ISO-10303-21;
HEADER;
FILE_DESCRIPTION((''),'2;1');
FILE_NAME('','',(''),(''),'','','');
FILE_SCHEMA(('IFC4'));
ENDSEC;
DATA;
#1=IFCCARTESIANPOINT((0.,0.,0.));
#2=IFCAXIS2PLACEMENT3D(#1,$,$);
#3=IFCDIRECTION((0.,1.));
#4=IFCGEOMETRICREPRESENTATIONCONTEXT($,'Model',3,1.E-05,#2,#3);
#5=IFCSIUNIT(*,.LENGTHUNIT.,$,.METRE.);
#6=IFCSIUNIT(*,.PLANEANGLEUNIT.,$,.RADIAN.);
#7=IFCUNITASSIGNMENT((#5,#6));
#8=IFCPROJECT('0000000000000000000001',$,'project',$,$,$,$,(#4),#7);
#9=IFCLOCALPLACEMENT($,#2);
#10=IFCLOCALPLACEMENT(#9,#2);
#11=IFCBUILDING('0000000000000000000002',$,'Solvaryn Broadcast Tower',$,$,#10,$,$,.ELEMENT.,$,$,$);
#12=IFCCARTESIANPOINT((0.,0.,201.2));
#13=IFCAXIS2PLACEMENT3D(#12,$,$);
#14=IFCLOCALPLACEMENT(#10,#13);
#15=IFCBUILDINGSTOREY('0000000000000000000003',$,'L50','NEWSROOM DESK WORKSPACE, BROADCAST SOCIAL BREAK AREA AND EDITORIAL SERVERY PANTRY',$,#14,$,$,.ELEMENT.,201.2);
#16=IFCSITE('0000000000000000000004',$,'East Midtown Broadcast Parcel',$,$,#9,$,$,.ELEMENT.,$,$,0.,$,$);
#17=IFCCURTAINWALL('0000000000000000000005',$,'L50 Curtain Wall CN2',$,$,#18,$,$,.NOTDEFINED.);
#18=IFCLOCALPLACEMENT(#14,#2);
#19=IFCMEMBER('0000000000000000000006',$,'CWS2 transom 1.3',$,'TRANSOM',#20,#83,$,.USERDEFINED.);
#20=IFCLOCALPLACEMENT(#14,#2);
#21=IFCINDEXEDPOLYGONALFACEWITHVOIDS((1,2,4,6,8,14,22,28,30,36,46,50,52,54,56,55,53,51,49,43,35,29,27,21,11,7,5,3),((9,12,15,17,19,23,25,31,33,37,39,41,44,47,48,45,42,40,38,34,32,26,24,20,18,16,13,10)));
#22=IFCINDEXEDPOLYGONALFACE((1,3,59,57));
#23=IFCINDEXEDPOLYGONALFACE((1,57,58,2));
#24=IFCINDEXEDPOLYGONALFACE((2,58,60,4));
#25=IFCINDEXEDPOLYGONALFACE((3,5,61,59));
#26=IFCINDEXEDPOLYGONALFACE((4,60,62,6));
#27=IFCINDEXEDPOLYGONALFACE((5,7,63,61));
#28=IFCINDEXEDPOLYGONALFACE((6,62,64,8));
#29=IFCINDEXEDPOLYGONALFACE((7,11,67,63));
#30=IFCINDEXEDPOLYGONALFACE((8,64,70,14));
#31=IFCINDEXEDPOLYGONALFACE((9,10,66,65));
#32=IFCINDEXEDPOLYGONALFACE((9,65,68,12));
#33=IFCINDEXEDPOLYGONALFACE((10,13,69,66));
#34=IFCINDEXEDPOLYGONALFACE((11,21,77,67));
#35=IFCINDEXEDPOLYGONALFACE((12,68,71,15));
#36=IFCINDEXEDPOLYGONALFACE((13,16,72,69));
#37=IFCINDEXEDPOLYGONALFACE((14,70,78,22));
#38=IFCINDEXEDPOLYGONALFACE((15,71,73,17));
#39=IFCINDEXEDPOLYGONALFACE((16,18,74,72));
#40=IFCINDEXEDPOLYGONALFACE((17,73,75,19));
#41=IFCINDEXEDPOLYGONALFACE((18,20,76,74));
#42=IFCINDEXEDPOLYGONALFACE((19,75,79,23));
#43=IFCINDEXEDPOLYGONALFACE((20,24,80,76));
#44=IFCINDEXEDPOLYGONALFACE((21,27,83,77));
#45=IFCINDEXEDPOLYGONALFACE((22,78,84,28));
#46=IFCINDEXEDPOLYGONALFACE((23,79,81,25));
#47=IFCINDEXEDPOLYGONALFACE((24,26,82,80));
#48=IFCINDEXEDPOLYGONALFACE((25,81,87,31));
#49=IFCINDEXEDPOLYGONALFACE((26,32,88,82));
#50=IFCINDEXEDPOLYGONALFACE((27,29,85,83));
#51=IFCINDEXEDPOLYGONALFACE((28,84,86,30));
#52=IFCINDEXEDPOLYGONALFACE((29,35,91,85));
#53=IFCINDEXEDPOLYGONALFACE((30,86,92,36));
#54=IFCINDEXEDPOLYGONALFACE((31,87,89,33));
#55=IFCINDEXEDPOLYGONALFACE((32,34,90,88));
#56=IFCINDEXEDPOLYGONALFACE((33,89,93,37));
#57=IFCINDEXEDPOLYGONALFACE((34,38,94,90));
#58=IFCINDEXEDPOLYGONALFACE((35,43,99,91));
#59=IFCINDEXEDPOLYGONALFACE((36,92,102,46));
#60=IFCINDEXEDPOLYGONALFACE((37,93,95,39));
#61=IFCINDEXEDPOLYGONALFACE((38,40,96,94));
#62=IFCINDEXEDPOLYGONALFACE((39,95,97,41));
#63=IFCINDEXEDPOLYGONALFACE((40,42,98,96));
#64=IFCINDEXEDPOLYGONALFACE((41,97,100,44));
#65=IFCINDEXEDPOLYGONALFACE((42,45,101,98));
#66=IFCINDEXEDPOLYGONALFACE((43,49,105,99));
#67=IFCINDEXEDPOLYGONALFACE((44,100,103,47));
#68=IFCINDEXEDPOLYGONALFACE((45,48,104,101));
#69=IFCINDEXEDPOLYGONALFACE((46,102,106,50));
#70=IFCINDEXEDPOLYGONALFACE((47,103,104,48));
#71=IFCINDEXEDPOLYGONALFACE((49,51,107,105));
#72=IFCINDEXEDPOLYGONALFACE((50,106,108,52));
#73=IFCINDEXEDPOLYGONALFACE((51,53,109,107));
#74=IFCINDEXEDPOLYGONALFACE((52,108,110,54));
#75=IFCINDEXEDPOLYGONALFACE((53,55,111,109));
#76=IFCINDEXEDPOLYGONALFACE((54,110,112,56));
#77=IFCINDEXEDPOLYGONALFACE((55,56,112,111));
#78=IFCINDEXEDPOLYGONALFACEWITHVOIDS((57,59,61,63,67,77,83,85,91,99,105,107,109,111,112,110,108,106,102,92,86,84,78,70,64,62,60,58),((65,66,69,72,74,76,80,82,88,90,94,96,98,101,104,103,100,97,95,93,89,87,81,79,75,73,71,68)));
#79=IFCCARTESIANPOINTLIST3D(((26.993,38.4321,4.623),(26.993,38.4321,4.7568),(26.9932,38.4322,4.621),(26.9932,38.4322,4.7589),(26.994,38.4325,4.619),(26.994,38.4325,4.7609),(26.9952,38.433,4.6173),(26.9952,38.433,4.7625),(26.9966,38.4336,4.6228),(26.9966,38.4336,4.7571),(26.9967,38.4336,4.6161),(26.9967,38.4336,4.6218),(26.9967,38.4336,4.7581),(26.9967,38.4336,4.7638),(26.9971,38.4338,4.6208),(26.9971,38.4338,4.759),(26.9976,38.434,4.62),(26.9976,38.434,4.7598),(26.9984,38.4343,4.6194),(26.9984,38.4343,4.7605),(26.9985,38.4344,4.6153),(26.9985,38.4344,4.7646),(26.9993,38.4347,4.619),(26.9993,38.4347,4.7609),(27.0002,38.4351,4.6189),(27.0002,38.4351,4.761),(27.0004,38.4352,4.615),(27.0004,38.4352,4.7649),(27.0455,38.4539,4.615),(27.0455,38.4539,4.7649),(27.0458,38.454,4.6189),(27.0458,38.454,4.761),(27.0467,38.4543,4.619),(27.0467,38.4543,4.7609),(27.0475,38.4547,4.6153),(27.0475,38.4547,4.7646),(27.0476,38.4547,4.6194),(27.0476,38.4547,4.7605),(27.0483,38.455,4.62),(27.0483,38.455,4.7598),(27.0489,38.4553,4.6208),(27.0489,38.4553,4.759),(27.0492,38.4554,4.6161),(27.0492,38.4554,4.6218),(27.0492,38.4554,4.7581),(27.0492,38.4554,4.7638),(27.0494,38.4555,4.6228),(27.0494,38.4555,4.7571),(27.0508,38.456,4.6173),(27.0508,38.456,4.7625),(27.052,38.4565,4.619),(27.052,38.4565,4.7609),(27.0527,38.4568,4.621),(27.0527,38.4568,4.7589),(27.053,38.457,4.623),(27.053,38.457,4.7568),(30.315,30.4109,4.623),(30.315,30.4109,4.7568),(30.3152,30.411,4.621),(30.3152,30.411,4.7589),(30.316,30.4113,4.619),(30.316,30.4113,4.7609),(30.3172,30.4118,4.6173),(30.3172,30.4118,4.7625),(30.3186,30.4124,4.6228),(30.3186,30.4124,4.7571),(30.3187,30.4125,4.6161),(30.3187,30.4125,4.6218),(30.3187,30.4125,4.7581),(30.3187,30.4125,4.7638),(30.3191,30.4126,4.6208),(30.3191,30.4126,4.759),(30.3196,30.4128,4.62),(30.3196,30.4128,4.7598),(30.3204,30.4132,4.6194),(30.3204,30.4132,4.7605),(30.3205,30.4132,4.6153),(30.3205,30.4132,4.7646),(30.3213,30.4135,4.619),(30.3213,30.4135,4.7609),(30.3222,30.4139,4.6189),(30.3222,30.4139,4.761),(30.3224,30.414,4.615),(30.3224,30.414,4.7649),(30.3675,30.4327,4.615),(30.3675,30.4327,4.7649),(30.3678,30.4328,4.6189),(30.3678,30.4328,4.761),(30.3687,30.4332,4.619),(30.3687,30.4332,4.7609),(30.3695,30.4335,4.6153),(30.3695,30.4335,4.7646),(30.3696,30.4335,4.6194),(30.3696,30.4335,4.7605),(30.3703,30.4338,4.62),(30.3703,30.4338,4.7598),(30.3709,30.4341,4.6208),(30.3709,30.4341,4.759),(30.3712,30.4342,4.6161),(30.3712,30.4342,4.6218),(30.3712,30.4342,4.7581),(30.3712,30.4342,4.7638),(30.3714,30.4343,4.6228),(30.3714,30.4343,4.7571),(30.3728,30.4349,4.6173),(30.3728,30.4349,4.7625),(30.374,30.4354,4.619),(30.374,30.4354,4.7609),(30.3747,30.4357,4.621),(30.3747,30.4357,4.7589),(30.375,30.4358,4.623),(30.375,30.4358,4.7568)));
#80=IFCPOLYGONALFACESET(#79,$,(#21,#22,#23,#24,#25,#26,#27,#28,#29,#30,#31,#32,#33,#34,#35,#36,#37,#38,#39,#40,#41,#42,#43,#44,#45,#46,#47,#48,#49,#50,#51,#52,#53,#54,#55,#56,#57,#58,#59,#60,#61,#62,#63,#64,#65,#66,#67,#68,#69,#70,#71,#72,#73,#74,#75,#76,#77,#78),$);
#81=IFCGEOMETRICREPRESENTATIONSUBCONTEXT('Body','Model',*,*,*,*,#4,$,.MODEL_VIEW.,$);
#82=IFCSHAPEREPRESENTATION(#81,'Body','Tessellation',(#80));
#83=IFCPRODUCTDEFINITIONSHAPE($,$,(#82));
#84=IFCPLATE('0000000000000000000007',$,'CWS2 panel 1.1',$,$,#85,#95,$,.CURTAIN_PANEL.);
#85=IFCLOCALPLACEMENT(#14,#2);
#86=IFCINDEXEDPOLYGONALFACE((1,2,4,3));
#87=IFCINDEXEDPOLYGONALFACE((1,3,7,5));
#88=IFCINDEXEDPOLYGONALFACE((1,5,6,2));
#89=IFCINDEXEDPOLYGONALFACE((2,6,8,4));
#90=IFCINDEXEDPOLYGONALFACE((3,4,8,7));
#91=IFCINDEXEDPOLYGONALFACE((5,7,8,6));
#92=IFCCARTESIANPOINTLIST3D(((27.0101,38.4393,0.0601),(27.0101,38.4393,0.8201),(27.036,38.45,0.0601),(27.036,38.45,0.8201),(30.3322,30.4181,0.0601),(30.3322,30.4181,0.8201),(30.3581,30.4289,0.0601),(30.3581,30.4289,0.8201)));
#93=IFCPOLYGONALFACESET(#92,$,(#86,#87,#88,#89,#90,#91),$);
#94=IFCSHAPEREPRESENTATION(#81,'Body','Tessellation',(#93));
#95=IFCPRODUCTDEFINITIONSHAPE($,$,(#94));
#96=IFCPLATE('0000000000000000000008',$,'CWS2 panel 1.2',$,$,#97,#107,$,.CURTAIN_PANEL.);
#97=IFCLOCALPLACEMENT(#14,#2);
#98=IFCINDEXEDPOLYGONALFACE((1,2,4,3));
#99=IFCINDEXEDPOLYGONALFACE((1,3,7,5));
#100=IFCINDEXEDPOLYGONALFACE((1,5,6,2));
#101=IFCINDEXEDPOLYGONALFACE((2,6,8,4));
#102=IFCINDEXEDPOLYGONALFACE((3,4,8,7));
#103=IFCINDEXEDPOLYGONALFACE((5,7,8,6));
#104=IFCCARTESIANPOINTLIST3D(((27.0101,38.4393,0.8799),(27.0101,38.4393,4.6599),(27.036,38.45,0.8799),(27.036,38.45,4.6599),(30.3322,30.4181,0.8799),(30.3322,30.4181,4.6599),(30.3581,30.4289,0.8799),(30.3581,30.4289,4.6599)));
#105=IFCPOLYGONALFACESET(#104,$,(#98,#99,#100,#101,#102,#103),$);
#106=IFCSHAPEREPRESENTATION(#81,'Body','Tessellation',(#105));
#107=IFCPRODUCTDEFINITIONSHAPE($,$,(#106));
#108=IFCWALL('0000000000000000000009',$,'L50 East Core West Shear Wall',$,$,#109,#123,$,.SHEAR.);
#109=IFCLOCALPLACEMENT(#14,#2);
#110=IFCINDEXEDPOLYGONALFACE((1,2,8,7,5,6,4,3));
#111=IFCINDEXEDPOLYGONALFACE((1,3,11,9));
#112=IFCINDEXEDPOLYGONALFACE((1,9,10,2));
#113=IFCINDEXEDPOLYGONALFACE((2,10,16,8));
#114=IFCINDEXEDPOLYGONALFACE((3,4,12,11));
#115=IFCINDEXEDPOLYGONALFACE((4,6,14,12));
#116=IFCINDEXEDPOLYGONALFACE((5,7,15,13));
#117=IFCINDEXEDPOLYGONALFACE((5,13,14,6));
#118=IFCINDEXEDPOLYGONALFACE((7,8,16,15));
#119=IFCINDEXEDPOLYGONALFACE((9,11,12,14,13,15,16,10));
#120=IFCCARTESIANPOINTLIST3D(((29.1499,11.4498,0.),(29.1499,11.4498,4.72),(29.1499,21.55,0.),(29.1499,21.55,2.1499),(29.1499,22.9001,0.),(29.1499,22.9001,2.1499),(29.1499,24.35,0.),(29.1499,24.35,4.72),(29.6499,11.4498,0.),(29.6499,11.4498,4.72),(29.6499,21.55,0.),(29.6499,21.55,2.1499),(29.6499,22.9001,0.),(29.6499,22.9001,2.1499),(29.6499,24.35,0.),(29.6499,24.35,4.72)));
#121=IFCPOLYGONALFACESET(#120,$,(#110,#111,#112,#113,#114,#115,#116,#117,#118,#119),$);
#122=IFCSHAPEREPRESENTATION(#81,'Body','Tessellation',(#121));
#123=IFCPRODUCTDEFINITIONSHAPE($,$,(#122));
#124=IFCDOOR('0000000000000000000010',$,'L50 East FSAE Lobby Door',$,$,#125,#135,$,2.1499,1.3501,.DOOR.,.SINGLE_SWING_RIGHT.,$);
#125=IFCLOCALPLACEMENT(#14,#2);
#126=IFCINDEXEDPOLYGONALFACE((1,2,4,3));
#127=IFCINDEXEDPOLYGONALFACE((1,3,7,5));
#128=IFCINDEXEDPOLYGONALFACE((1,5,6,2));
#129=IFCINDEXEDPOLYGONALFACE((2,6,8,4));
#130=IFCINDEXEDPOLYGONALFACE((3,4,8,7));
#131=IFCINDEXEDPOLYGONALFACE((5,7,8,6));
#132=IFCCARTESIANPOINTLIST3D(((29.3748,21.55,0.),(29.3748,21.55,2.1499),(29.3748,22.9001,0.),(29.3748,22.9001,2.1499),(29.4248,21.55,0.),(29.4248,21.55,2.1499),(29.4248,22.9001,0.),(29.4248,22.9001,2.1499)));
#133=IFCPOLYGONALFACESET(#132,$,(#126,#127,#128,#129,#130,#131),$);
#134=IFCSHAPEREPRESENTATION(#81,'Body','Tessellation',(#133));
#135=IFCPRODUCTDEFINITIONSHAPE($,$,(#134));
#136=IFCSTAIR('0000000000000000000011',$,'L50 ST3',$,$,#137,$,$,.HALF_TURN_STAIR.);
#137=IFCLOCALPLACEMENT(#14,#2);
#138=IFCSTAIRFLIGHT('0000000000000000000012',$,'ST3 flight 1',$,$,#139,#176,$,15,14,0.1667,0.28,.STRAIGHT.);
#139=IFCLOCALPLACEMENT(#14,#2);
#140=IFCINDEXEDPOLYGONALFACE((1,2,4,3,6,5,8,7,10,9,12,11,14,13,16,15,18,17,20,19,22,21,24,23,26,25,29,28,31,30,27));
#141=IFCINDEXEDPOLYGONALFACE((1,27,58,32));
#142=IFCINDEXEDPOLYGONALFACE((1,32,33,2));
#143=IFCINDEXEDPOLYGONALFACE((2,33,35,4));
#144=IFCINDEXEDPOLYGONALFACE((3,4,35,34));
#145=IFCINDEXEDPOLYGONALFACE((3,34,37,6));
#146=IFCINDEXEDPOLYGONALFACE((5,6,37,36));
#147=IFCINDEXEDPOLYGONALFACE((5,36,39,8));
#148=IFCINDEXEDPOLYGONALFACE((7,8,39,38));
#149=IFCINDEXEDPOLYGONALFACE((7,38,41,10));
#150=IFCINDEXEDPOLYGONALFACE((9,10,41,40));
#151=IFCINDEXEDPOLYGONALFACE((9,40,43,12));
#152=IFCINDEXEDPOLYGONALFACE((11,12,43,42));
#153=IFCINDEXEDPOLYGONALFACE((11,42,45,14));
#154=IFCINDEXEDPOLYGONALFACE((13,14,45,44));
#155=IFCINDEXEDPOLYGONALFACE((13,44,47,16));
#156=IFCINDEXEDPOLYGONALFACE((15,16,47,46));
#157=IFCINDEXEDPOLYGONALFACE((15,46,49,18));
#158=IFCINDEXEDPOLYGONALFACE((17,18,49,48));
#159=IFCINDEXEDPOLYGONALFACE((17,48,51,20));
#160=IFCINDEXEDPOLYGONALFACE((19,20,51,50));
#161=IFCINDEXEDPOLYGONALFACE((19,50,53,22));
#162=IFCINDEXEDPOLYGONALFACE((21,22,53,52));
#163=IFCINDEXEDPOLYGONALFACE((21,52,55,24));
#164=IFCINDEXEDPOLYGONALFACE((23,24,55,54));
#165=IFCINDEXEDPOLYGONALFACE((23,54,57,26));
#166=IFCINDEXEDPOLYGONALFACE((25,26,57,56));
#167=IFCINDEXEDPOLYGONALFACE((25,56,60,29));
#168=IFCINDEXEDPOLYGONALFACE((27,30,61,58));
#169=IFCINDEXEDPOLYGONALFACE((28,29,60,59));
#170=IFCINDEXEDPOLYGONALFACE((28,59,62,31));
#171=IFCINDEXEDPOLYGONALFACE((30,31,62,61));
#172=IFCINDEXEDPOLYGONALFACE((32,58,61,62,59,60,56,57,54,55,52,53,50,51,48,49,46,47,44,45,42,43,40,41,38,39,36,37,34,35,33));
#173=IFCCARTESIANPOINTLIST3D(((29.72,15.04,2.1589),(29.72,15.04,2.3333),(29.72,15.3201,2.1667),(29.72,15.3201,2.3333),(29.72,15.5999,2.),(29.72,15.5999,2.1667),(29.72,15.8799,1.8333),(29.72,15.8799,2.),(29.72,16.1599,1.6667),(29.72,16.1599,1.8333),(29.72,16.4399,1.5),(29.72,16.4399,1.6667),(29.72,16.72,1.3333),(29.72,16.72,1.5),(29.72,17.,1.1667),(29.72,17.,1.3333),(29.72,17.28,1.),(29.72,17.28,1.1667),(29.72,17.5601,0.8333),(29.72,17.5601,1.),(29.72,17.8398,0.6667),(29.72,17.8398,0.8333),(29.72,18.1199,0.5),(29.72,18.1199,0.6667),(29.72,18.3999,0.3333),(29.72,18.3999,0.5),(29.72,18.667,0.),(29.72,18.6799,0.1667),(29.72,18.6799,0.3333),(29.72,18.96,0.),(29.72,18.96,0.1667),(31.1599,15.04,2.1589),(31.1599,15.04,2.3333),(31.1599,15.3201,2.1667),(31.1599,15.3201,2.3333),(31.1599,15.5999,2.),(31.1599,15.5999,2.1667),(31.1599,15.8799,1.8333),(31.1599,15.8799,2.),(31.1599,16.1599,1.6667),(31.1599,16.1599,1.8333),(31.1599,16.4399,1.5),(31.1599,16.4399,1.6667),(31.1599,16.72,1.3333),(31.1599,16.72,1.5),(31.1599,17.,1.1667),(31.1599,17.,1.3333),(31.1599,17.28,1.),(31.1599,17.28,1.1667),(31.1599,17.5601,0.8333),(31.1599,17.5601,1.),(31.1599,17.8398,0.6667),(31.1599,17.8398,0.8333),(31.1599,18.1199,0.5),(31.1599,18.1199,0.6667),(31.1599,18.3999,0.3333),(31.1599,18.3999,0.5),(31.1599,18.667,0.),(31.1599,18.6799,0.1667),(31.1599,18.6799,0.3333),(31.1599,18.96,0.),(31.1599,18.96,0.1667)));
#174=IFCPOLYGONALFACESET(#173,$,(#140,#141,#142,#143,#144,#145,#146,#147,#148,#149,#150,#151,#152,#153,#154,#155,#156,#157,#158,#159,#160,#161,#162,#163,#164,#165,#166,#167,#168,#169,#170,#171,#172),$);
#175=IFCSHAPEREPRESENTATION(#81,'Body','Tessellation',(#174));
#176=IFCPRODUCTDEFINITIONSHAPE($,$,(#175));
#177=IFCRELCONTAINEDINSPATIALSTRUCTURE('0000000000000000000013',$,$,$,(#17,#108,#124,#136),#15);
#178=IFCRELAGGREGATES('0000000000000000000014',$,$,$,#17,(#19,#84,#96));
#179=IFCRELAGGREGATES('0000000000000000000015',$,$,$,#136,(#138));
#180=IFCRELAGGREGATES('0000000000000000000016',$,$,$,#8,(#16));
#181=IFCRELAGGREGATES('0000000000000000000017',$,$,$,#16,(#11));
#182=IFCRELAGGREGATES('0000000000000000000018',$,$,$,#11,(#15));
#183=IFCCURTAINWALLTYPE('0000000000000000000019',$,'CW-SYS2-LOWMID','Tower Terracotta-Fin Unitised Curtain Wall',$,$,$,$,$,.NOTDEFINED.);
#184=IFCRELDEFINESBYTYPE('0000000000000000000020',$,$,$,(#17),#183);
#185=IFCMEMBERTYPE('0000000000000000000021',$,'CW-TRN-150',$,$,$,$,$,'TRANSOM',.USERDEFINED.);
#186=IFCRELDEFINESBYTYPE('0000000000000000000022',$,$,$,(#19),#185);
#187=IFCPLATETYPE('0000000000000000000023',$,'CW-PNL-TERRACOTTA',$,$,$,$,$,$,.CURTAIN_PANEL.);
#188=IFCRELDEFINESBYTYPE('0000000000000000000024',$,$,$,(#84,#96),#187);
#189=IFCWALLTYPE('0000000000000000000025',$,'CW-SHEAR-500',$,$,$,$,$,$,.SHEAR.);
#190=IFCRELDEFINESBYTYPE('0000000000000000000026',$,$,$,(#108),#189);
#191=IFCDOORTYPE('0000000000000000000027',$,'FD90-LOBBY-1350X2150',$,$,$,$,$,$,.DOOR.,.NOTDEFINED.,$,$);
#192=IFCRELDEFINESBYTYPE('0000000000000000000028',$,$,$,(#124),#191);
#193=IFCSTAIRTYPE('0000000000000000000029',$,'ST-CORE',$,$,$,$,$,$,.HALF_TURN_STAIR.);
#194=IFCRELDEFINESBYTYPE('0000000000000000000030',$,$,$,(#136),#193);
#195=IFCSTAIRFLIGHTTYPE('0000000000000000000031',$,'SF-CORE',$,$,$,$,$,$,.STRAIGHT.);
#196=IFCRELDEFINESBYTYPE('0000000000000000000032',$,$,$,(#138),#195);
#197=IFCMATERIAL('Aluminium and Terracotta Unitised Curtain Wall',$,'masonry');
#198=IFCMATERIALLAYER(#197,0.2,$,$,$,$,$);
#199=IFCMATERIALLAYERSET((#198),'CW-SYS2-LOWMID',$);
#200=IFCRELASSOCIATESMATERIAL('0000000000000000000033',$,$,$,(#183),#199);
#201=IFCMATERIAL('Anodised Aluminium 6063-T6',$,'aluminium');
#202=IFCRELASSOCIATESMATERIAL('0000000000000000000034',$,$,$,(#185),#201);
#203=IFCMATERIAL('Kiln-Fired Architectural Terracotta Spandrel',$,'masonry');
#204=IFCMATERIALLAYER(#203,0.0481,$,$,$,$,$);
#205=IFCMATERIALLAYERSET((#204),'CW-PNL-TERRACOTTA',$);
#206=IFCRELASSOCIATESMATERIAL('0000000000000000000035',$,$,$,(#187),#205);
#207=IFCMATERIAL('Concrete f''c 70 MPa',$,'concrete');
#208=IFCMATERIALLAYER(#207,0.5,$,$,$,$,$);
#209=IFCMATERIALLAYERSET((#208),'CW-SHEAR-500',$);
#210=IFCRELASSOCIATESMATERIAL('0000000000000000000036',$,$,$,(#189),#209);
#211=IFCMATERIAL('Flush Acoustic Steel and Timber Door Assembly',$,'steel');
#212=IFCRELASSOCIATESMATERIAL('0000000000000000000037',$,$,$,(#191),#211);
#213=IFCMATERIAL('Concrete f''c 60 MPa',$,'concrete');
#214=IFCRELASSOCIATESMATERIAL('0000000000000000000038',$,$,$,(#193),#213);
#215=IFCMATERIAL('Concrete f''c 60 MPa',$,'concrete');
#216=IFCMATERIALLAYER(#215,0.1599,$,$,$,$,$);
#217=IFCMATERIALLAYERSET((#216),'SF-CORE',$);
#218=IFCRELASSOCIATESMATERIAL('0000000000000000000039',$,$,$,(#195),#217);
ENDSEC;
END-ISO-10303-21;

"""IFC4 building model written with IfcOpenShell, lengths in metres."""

from ifc_helpers import new_model, si_unit, direction, frame, frame_2d, origin, origin_2d, place, context, subcontext, project, spatial, polyline, rectangle, hollow_rectangle, outline, extrude, material, layer, layer_set, material_profile, profile_set, type_object, element, fill, aggregate, save


model = new_model("IFC4")

# Units and contexts
model_context = context("Model", 3, precision=1e-05, world=origin(), true_north=direction((0.0, 1.0)))
body_context = subcontext(model_context, "Body", "Model", "MODEL_VIEW")
ifc_project = project(units=[si_unit("LENGTHUNIT", "METRE"), si_unit("PLANEANGLEUNIT", "RADIAN")], contexts=[model_context])

# Site, building, storey
site_placement = place(None, origin())
site = spatial("IfcSite", under=ifc_project, at=site_placement, Name="East Midtown Broadcast Parcel", CompositionType="ELEMENT", RefElevation=0.0)
building_placement = place(site_placement, origin())
building = spatial("IfcBuilding", under=site, at=building_placement, Name="Solvaryn Broadcast Tower", CompositionType="ELEMENT")
storey_placement = place(building_placement, frame((0.0, 0.0, 201.2)))
storey = spatial("IfcBuildingStorey", under=building, at=storey_placement, Name="L50", Description="NEWSROOM DESK WORKSPACE, BROADCAST SOCIAL BREAK AREA AND EDITORIAL SERVERY PANTRY", CompositionType="ELEMENT", Elevation=201.2)

# Shared definitions
ifc_material_1 = material(Name="Aluminium and Terracotta Unitised Curtain Wall", Category="masonry")
ifc_layer_1 = layer(ifc_material_1, 0.2)
ifc_layer_set_1 = layer_set([ifc_layer_1], Name="CW-SYS2-LOWMID")
curtain_wall_type = type_object("IfcCurtainWallType", Name="CW-SYS2-LOWMID", Description="Tower Terracotta-Fin Unitised Curtain Wall", PredefinedType="NOTDEFINED", material=ifc_layer_set_1)

# Curtain wall, member, plates
curtain_wall_1_placement = place(storey_placement, origin())
curtain_wall_1 = element("IfcCurtainWall", 1, at=curtain_wall_1_placement, inside=storey, type_object=curtain_wall_type, Name="L50 Curtain Wall CN2", PredefinedType="NOTDEFINED")
ifc_material_2 = material(Name="Anodised Aluminium 6063-T6", Category="aluminium")
ifc_material_profile_1 = material_profile(ifc_material_2, hollow_rectangle(XDim=0.0649, YDim=0.1499, WallThickness=0.0039, InnerFilletRadius=0.0039, OuterFilletRadius=0.0081, at=origin_2d()))
ifc_profile_set_1 = profile_set([ifc_material_profile_1], Name="Anodised Aluminium 6063-T6")
member_type_1 = type_object("IfcMemberType", Name="CW-TRN-150", ElementType="TRANSOM", PredefinedType="USERDEFINED", material=ifc_profile_set_1)
member_1_placement = place(storey_placement, frame((30.345, 30.4233, 4.6899), z_axis=(-0.382636, 0.923899, 0.0), x_axis=(-0.923899, -0.382636, 0.0)))
member_1 = element("IfcMember", 2, at=member_1_placement, type_object=member_type_1, Name="CWS2 transom 1.3", ObjectType="TRANSOM", PredefinedType="USERDEFINED", context=body_context, shape_type="SweptSolid", body=[
    extrude(hollow_rectangle(XDim=0.0649, YDim=0.1499, WallThickness=0.0039, InnerFilletRadius=0.0039, OuterFilletRadius=0.0081, at=origin_2d()), origin(), (0.0, 0.0, 1.0), 8.6819),
])
ifc_material_3 = material(Name="Kiln-Fired Architectural Terracotta Spandrel", Category="masonry")
ifc_layer_2 = layer(ifc_material_3, 0.0481)
ifc_layer_set_2 = layer_set([ifc_layer_2], Name="CW-PNL-TERRACOTTA")
plate_type = type_object("IfcPlateType", Name="CW-PNL-TERRACOTTA", PredefinedType="CURTAIN_PANEL", material=ifc_layer_set_2)
plate_1_placement = place(storey_placement, frame((28.6841, 34.4341, 0.0601), z_axis=(0.0, 0.0, 1.0), x_axis=(-0.382646, 0.923895, 0.0)))
plate_1 = element("IfcPlate", 3, at=plate_1_placement, type_object=plate_type, Name="CWS2 panel 1.1", PredefinedType="CURTAIN_PANEL", context=body_context, shape_type="SweptSolid", body=[
    extrude(rectangle(XDim=8.6819, YDim=0.0281, at=origin_2d()), origin(), (0.0, 0.0, 1.0), 0.76),
])
plate_2_placement = place(storey_placement, frame((28.6841, 34.4341, 0.8799), z_axis=(0.0, 0.0, 1.0), x_axis=(-0.382646, 0.923895, 0.0)))
plate_2 = element("IfcPlate", 4, at=plate_2_placement, type_object=plate_type, Name="CWS2 panel 1.2", PredefinedType="CURTAIN_PANEL", context=body_context, shape_type="SweptSolid", body=[
    extrude(rectangle(XDim=8.6819, YDim=0.0281, at=origin_2d()), origin(), (0.0, 0.0, 1.0), 3.78),
])
aggregate(curtain_wall_1, [member_1, plate_1, plate_2])

# Wall, opening, door
ifc_material_4 = material(Name="Concrete f'c 70 MPa", Category="concrete")
ifc_layer_3 = layer(ifc_material_4, 0.5)
ifc_layer_set_3 = layer_set([ifc_layer_3], Name="CW-SHEAR-500")
wall_type = type_object("IfcWallType", Name="CW-SHEAR-500", PredefinedType="SHEAR", material=ifc_layer_set_3)
wall_placement = place(storey_placement, frame((29.3999, 24.3501, 0.0), z_axis=(0.0, 0.0, 1.0), x_axis=(0.0, -1.0, 0.0)))
wall = element("IfcWall", 5, at=wall_placement, inside=storey, type_object=wall_type, Name="L50 East Core West Shear Wall", PredefinedType="SHEAR", context=body_context, shape_type="SweptSolid", body=[
    extrude(rectangle(XDim=12.9001, YDim=0.5, at=frame_2d((6.4502, 0.0))), origin(), (0.0, 0.0, 1.0), 4.72),
])
opening_placement = place(wall_placement, frame((1.45, 0.0, 0.0)))
opening = element("IfcOpeningElement", 6, at=opening_placement, cuts=wall, PredefinedType="OPENING", context=body_context, shape_type="SweptSolid", body=[
    extrude(rectangle(XDim=1.3501, YDim=2.1499, at=frame_2d((0.675, 1.075))), frame((0.0, 0.26, 0.0), z_axis=(0.0, -1.0, 0.0), x_axis=(1.0, 0.0, 0.0)), (0.0, 0.0, 1.0), 0.52),
])
ifc_material_5 = material(Name="Flush Acoustic Steel and Timber Door Assembly", Category="steel")
door_type = type_object("IfcDoorType", Name="FD90-LOBBY-1350X2150", OperationType="NOTDEFINED", PredefinedType="DOOR", material=ifc_material_5)
door_placement = place(opening_placement, origin())
door = element("IfcDoor", 7, at=door_placement, inside=storey, type_object=door_type, Name="L50 East FSAE Lobby Door", OperationType="SINGLE_SWING_RIGHT", OverallHeight=2.1499, OverallWidth=1.3501, PredefinedType="DOOR", context=body_context, shape_type="SweptSolid", body=[
    extrude(rectangle(XDim=1.3501, YDim=2.1499, at=frame_2d((0.675, 1.075))), frame((0.0, 0.0249, 0.0), z_axis=(0.0, -1.0, 0.0), x_axis=(1.0, 0.0, 0.0)), (0.0, 0.0, 1.0), 0.05),
])
fill(opening, door)

# Stair, stair flight
ifc_material_6 = material(Name="Concrete f'c 60 MPa", Category="concrete")
stair_type = type_object("IfcStairType", Name="ST-CORE", PredefinedType="HALF_TURN_STAIR", material=ifc_material_6)
stair_placement = place(storey_placement, origin())
stair = element("IfcStair", 8, at=stair_placement, inside=storey, type_object=stair_type, Name="L50 ST3", PredefinedType="HALF_TURN_STAIR")
ifc_material_7 = material(Name="Concrete f'c 60 MPa", Category="concrete")
ifc_layer_4 = layer(ifc_material_7, 0.1599)
ifc_layer_set_4 = layer_set([ifc_layer_4], Name="SF-CORE")
stair_flight_type = type_object("IfcStairFlightType", Name="SF-CORE", PredefinedType="STRAIGHT", material=ifc_layer_set_4)
stair_flight_placement = place(storey_placement, frame((30.4399, 18.96, 0.0), z_axis=(0.0, 0.0, 1.0), x_axis=(0.0, -1.0, 0.0)))
stair_flight = element("IfcStairFlight", 9, at=stair_flight_placement, type_object=stair_flight_type, Name="ST3 flight 1", NumberOfRisers=15, NumberOfTreads=14, PredefinedType="STRAIGHT", RiserHeight=0.1667, TreadLength=0.28, context=body_context, shape_type="SweptSolid", body=[
    extrude(outline(polyline([(0.0, 0.0), (0.0, 0.1667), (0.28, 0.1667), (0.28, 0.3333), (0.5601, 0.3333), (0.5601, 0.5), (0.8401, 0.5), (0.8401, 0.6667), (1.1201, 0.6667), (1.1201, 0.8333), (1.3999, 0.8333), (1.3999, 1.0), (1.6799, 1.0), (1.6799, 1.1667), (1.96, 1.1667), (1.96, 1.3333), (2.24, 1.3333), (2.24, 1.5), (2.52, 1.5), (2.52, 1.6667), (2.8, 1.6667), (2.8, 1.8333), (3.0801, 1.8333), (3.0801, 2.0), (3.3601, 2.0), (3.3601, 2.1667), (3.6399, 2.1667), (3.6399, 2.3333), (3.9199, 2.3333), (3.9199, 2.5), (3.9199, 2.1589), (0.293, 0.0), (0.0, 0.0)])), frame((0.0, 0.72, 0.0), z_axis=(0.0, -1.0, 0.0), x_axis=(1.0, 0.0, 0.0)), (0.0, 0.0, 1.0), 1.4399),
])
aggregate(stair, [stair_flight])

save(model, "model.ifc")
